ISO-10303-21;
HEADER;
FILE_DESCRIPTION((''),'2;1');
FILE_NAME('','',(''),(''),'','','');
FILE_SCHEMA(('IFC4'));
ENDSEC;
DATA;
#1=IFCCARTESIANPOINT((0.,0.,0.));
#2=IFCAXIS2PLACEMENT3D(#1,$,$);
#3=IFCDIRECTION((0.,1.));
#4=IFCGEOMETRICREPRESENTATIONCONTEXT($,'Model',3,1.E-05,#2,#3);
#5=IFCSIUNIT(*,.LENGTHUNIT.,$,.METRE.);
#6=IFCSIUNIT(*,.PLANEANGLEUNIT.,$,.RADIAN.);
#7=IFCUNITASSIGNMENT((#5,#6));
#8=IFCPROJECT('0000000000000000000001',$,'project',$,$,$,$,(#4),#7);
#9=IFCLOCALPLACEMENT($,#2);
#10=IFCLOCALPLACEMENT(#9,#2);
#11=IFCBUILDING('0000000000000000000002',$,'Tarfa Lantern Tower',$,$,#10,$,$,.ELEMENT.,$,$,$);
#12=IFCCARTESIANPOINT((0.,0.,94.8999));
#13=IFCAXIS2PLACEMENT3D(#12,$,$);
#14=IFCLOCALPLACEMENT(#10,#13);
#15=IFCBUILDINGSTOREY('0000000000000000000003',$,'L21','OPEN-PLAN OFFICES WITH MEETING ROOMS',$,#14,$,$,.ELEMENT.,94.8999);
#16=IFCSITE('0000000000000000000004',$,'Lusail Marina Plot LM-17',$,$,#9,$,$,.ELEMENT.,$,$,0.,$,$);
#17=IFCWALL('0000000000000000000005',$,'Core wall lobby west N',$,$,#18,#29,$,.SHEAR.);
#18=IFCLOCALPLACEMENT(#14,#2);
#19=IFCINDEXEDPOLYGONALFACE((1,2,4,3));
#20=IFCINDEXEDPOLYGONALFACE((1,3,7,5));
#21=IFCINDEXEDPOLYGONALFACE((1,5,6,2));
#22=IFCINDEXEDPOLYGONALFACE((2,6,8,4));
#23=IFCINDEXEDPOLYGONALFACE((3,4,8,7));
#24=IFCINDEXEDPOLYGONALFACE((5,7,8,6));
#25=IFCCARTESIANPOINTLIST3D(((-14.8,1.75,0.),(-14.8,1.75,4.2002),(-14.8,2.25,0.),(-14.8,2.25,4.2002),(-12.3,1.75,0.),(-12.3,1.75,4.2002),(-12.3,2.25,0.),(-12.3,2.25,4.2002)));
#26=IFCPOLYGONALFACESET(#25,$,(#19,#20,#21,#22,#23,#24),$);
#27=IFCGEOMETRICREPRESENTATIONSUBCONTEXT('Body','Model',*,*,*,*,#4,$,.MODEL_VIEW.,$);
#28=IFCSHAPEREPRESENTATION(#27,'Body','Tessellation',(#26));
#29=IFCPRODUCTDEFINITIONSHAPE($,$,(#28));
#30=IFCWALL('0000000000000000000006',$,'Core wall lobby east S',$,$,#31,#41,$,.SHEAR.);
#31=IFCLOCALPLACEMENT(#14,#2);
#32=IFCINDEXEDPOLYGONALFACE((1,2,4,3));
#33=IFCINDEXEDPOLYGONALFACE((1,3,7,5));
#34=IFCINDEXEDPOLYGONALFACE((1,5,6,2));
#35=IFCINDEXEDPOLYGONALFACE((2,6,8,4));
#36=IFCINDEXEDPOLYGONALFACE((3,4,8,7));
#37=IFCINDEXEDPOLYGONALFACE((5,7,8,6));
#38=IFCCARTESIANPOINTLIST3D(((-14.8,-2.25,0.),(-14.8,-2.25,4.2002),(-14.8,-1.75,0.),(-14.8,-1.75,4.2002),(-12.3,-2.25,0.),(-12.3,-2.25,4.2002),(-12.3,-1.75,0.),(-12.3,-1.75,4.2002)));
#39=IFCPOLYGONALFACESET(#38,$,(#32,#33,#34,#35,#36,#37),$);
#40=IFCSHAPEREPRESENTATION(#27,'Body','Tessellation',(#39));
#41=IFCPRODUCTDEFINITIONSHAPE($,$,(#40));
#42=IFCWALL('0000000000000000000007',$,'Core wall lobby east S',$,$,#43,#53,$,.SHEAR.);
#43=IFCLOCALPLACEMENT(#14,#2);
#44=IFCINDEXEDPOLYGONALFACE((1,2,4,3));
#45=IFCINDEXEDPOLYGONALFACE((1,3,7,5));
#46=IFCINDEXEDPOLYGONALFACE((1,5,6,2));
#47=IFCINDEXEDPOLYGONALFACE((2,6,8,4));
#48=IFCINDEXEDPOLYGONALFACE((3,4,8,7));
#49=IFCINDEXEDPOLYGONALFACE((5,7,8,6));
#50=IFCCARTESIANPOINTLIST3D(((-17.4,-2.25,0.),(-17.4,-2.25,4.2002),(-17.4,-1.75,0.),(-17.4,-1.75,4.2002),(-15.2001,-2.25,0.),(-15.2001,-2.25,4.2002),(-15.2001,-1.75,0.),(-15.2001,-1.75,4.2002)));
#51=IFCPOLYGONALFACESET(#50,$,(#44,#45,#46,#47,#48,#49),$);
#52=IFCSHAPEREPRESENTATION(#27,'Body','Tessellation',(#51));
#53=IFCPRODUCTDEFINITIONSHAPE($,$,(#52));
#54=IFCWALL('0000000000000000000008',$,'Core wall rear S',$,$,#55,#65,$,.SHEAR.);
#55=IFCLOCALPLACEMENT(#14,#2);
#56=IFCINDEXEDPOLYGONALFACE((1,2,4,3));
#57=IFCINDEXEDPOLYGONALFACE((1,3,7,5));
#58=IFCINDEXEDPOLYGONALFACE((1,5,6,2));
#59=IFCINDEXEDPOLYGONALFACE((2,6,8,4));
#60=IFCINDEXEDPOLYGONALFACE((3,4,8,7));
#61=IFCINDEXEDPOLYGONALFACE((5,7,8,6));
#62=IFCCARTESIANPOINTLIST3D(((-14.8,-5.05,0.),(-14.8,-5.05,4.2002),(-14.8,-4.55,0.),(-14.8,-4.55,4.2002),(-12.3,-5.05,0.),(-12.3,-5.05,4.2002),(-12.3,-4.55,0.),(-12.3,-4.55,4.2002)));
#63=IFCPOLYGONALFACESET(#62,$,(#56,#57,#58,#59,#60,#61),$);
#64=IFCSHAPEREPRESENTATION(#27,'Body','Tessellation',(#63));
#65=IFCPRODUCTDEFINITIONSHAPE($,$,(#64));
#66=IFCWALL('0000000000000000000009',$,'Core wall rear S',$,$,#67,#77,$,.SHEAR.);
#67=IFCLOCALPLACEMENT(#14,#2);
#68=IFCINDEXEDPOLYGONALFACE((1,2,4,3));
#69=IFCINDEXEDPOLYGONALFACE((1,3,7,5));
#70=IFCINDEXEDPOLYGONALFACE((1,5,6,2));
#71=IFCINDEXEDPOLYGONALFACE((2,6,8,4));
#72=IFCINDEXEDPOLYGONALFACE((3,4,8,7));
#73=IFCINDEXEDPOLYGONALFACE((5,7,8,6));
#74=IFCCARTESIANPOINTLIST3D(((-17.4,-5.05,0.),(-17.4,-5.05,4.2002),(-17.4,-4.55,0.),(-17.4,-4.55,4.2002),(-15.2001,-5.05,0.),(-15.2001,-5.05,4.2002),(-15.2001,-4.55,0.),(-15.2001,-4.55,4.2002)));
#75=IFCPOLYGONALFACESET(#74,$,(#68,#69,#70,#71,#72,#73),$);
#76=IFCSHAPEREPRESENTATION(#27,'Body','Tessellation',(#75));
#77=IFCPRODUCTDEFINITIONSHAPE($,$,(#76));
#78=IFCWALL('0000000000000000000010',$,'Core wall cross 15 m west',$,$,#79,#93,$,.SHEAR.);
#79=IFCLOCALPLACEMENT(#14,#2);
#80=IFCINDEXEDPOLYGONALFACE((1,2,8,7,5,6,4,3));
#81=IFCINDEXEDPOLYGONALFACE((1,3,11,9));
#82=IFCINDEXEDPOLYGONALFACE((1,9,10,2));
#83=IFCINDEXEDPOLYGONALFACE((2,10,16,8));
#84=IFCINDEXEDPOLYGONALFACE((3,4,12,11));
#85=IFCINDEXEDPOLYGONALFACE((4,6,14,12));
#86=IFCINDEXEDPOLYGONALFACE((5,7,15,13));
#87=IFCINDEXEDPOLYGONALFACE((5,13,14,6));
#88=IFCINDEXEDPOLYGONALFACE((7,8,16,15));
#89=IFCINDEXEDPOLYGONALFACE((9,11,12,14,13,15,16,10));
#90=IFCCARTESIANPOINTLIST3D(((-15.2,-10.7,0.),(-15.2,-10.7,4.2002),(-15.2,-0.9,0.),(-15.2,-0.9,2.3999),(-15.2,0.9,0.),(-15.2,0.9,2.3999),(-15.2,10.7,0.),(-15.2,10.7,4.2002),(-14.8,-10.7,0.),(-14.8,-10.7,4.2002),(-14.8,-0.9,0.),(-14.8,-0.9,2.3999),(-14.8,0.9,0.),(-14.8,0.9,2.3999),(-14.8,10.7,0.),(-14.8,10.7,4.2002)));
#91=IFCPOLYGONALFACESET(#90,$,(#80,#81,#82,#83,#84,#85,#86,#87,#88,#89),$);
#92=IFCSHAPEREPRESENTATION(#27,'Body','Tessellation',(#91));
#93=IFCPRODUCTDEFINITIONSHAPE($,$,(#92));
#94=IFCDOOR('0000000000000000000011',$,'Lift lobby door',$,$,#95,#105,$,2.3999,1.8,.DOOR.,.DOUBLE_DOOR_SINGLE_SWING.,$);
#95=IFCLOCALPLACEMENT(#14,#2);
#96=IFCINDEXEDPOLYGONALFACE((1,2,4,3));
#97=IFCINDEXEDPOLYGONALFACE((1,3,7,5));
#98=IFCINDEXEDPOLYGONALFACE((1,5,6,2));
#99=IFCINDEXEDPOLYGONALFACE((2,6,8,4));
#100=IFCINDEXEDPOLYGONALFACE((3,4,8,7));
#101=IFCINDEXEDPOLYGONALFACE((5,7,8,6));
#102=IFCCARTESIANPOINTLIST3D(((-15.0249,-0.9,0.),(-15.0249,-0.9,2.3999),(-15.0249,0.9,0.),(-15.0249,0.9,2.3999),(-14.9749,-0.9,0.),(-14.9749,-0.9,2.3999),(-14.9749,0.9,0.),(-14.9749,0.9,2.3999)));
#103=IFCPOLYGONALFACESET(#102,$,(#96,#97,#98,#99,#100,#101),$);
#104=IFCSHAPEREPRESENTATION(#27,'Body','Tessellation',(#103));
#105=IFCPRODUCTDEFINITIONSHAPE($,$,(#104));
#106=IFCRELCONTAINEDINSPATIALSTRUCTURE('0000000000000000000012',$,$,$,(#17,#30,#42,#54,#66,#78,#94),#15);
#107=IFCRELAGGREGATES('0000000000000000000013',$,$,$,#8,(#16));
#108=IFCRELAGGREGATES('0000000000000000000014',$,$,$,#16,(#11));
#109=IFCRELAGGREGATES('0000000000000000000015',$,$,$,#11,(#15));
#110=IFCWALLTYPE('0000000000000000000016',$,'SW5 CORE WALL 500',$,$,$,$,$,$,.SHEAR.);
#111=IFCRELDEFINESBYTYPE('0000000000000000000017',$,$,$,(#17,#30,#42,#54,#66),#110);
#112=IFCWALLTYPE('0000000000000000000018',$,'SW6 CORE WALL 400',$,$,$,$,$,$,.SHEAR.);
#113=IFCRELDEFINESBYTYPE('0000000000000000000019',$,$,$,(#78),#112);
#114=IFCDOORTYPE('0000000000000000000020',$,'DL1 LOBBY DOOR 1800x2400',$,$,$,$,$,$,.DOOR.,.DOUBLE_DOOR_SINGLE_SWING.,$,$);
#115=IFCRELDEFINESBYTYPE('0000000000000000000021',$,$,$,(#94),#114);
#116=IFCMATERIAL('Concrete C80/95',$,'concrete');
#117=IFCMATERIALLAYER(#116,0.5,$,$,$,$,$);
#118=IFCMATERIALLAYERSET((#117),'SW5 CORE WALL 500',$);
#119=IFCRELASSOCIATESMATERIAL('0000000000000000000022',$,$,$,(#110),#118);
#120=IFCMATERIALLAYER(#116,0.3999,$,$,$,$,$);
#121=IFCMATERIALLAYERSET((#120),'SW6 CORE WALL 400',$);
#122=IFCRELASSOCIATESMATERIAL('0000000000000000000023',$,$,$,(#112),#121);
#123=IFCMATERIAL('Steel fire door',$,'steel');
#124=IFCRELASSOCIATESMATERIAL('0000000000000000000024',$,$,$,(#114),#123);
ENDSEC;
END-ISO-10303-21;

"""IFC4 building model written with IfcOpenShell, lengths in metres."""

from ifc_helpers import new_model, si_unit, direction, frame, frame_2d, origin, place, context, subcontext, project, spatial, rectangle, extrude, material, layer, layer_set, type_object, element, fill, save


model = new_model("IFC4")

# Units and contexts
model_context = context("Model", 3, precision=1e-05, world=origin(), true_north=direction((0.0, 1.0)))
body_context = subcontext(model_context, "Body", "Model", "MODEL_VIEW")
ifc_project = project(units=[si_unit("LENGTHUNIT", "METRE"), si_unit("PLANEANGLEUNIT", "RADIAN")], contexts=[model_context])

# Site, building, storey
site_placement = place(None, origin())
site = spatial("IfcSite", under=ifc_project, at=site_placement, Name="Lusail Marina Plot LM-17", CompositionType="ELEMENT", RefElevation=0.0)
building_placement = place(site_placement, origin())
building = spatial("IfcBuilding", under=site, at=building_placement, Name="Tarfa Lantern Tower", CompositionType="ELEMENT")
storey_placement = place(building_placement, frame((0.0, 0.0, 94.8999)))
storey = spatial("IfcBuildingStorey", under=building, at=storey_placement, Name="L21", Description="OPEN-PLAN OFFICES WITH MEETING ROOMS", CompositionType="ELEMENT", Elevation=94.8999)

# Walls
ifc_material_1 = material(Name="Concrete C80/95", Category="concrete")
ifc_layer_1 = layer(ifc_material_1, 0.5)
ifc_layer_set_1 = layer_set([ifc_layer_1], Name="SW5 CORE WALL 500")
wall_type_1 = type_object("IfcWallType", Name="SW5 CORE WALL 500", PredefinedType="SHEAR", material=ifc_layer_set_1)
for number, where, z_axis, x_axis, name in (
    (1, (-14.8, 2.0, 0.0), (0.0, 0.0, 1.0), (1.0, 0.0, 0.0), "Core wall lobby west N"),
    (2, (-12.3, -2.0, 0.0), (0.0, 0.0, 1.0), (-1.0, 0.0, 0.0), "Core wall lobby east S"),
):
    element("IfcWall", number, at=place(storey_placement, frame(where, z_axis=z_axis, x_axis=x_axis)), inside=storey, type_object=wall_type_1, Name=name, PredefinedType="SHEAR", context=body_context, shape_type="SweptSolid", body=[
        extrude(rectangle(XDim=2.5, YDim=0.5, at=frame_2d((1.25, 0.0))), origin(), (0.0, 0.0, 1.0), 4.2002),
    ])
wall_1_placement = place(storey_placement, frame((-15.2, -2.0, 0.0), z_axis=(0.0, 0.0, 1.0), x_axis=(-1.0, 0.0, 0.0)))
element("IfcWall", 3, at=wall_1_placement, inside=storey, type_object=wall_type_1, Name="Core wall lobby east S", PredefinedType="SHEAR", context=body_context, shape_type="SweptSolid", body=[
    extrude(rectangle(XDim=2.2, YDim=0.5, at=frame_2d((1.1001, 0.0))), origin(), (0.0, 0.0, 1.0), 4.2002),
])
wall_2_placement = place(storey_placement, frame((-12.3, -4.8, 0.0), z_axis=(0.0, 0.0, 1.0), x_axis=(-1.0, 0.0, 0.0)))
element("IfcWall", 4, at=wall_2_placement, inside=storey, type_object=wall_type_1, Name="Core wall rear S", PredefinedType="SHEAR", context=body_context, shape_type="SweptSolid", body=[
    extrude(rectangle(XDim=2.5, YDim=0.5, at=frame_2d((1.25, 0.0))), origin(), (0.0, 0.0, 1.0), 4.2002),
])
wall_3_placement = place(storey_placement, frame((-15.2, -4.8, 0.0), z_axis=(0.0, 0.0, 1.0), x_axis=(-1.0, 0.0, 0.0)))
element("IfcWall", 5, at=wall_3_placement, inside=storey, type_object=wall_type_1, Name="Core wall rear S", PredefinedType="SHEAR", context=body_context, shape_type="SweptSolid", body=[
    extrude(rectangle(XDim=2.2, YDim=0.5, at=frame_2d((1.1001, 0.0))), origin(), (0.0, 0.0, 1.0), 4.2002),
])

# Wall, opening, door
ifc_layer_2 = layer(ifc_material_1, 0.3999)
ifc_layer_set_2 = layer_set([ifc_layer_2], Name="SW6 CORE WALL 400")
wall_type_2 = type_object("IfcWallType", Name="SW6 CORE WALL 400", PredefinedType="SHEAR", material=ifc_layer_set_2)
wall_4_placement = place(storey_placement, frame((-15.0, -10.7, 0.0), z_axis=(0.0, 0.0, 1.0), x_axis=(0.0, 1.0, 0.0)))
wall_4 = element("IfcWall", 6, at=wall_4_placement, inside=storey, type_object=wall_type_2, Name="Core wall cross 15 m west", PredefinedType="SHEAR", context=body_context, shape_type="SweptSolid", body=[
    extrude(rectangle(XDim=21.3999, YDim=0.3999, at=frame_2d((10.7, 0.0))), origin(), (0.0, 0.0, 1.0), 4.2002),
])
opening_1_placement = place(wall_4_placement, frame((9.8, 0.0, 0.0)))
opening_1 = element("IfcOpeningElement", 7, at=opening_1_placement, cuts=wall_4, PredefinedType="OPENING", context=body_context, shape_type="SweptSolid", body=[
    extrude(rectangle(XDim=1.8, YDim=2.3999, at=frame_2d((0.8999, 1.2))), frame((0.0, 0.21, 0.0), z_axis=(0.0, -1.0, 0.0), x_axis=(1.0, 0.0, 0.0)), (0.0, 0.0, 1.0), 0.4199),
])
ifc_material_2 = material(Name="Steel fire door", Category="steel")
door_type_1 = type_object("IfcDoorType", Name="DL1 LOBBY DOOR 1800x2400", OperationType="DOUBLE_DOOR_SINGLE_SWING", PredefinedType="DOOR", material=ifc_material_2)
door_1_placement = place(opening_1_placement, origin())
door_1 = element("IfcDoor", 8, at=door_1_placement, inside=storey, type_object=door_type_1, Name="Lift lobby door", OperationType="DOUBLE_DOOR_SINGLE_SWING", OverallHeight=2.3999, OverallWidth=1.8, PredefinedType="DOOR", context=body_context, shape_type="SweptSolid", body=[
    extrude(rectangle(XDim=1.8, YDim=2.3999, at=frame_2d((0.8999, 1.2))), frame((0.0, 0.0249, 0.0), z_axis=(0.0, -1.0, 0.0), x_axis=(1.0, 0.0, 0.0)), (0.0, 0.0, 1.0), 0.05),
])
fill(opening_1, door_1)

save(model, "model.ifc")
